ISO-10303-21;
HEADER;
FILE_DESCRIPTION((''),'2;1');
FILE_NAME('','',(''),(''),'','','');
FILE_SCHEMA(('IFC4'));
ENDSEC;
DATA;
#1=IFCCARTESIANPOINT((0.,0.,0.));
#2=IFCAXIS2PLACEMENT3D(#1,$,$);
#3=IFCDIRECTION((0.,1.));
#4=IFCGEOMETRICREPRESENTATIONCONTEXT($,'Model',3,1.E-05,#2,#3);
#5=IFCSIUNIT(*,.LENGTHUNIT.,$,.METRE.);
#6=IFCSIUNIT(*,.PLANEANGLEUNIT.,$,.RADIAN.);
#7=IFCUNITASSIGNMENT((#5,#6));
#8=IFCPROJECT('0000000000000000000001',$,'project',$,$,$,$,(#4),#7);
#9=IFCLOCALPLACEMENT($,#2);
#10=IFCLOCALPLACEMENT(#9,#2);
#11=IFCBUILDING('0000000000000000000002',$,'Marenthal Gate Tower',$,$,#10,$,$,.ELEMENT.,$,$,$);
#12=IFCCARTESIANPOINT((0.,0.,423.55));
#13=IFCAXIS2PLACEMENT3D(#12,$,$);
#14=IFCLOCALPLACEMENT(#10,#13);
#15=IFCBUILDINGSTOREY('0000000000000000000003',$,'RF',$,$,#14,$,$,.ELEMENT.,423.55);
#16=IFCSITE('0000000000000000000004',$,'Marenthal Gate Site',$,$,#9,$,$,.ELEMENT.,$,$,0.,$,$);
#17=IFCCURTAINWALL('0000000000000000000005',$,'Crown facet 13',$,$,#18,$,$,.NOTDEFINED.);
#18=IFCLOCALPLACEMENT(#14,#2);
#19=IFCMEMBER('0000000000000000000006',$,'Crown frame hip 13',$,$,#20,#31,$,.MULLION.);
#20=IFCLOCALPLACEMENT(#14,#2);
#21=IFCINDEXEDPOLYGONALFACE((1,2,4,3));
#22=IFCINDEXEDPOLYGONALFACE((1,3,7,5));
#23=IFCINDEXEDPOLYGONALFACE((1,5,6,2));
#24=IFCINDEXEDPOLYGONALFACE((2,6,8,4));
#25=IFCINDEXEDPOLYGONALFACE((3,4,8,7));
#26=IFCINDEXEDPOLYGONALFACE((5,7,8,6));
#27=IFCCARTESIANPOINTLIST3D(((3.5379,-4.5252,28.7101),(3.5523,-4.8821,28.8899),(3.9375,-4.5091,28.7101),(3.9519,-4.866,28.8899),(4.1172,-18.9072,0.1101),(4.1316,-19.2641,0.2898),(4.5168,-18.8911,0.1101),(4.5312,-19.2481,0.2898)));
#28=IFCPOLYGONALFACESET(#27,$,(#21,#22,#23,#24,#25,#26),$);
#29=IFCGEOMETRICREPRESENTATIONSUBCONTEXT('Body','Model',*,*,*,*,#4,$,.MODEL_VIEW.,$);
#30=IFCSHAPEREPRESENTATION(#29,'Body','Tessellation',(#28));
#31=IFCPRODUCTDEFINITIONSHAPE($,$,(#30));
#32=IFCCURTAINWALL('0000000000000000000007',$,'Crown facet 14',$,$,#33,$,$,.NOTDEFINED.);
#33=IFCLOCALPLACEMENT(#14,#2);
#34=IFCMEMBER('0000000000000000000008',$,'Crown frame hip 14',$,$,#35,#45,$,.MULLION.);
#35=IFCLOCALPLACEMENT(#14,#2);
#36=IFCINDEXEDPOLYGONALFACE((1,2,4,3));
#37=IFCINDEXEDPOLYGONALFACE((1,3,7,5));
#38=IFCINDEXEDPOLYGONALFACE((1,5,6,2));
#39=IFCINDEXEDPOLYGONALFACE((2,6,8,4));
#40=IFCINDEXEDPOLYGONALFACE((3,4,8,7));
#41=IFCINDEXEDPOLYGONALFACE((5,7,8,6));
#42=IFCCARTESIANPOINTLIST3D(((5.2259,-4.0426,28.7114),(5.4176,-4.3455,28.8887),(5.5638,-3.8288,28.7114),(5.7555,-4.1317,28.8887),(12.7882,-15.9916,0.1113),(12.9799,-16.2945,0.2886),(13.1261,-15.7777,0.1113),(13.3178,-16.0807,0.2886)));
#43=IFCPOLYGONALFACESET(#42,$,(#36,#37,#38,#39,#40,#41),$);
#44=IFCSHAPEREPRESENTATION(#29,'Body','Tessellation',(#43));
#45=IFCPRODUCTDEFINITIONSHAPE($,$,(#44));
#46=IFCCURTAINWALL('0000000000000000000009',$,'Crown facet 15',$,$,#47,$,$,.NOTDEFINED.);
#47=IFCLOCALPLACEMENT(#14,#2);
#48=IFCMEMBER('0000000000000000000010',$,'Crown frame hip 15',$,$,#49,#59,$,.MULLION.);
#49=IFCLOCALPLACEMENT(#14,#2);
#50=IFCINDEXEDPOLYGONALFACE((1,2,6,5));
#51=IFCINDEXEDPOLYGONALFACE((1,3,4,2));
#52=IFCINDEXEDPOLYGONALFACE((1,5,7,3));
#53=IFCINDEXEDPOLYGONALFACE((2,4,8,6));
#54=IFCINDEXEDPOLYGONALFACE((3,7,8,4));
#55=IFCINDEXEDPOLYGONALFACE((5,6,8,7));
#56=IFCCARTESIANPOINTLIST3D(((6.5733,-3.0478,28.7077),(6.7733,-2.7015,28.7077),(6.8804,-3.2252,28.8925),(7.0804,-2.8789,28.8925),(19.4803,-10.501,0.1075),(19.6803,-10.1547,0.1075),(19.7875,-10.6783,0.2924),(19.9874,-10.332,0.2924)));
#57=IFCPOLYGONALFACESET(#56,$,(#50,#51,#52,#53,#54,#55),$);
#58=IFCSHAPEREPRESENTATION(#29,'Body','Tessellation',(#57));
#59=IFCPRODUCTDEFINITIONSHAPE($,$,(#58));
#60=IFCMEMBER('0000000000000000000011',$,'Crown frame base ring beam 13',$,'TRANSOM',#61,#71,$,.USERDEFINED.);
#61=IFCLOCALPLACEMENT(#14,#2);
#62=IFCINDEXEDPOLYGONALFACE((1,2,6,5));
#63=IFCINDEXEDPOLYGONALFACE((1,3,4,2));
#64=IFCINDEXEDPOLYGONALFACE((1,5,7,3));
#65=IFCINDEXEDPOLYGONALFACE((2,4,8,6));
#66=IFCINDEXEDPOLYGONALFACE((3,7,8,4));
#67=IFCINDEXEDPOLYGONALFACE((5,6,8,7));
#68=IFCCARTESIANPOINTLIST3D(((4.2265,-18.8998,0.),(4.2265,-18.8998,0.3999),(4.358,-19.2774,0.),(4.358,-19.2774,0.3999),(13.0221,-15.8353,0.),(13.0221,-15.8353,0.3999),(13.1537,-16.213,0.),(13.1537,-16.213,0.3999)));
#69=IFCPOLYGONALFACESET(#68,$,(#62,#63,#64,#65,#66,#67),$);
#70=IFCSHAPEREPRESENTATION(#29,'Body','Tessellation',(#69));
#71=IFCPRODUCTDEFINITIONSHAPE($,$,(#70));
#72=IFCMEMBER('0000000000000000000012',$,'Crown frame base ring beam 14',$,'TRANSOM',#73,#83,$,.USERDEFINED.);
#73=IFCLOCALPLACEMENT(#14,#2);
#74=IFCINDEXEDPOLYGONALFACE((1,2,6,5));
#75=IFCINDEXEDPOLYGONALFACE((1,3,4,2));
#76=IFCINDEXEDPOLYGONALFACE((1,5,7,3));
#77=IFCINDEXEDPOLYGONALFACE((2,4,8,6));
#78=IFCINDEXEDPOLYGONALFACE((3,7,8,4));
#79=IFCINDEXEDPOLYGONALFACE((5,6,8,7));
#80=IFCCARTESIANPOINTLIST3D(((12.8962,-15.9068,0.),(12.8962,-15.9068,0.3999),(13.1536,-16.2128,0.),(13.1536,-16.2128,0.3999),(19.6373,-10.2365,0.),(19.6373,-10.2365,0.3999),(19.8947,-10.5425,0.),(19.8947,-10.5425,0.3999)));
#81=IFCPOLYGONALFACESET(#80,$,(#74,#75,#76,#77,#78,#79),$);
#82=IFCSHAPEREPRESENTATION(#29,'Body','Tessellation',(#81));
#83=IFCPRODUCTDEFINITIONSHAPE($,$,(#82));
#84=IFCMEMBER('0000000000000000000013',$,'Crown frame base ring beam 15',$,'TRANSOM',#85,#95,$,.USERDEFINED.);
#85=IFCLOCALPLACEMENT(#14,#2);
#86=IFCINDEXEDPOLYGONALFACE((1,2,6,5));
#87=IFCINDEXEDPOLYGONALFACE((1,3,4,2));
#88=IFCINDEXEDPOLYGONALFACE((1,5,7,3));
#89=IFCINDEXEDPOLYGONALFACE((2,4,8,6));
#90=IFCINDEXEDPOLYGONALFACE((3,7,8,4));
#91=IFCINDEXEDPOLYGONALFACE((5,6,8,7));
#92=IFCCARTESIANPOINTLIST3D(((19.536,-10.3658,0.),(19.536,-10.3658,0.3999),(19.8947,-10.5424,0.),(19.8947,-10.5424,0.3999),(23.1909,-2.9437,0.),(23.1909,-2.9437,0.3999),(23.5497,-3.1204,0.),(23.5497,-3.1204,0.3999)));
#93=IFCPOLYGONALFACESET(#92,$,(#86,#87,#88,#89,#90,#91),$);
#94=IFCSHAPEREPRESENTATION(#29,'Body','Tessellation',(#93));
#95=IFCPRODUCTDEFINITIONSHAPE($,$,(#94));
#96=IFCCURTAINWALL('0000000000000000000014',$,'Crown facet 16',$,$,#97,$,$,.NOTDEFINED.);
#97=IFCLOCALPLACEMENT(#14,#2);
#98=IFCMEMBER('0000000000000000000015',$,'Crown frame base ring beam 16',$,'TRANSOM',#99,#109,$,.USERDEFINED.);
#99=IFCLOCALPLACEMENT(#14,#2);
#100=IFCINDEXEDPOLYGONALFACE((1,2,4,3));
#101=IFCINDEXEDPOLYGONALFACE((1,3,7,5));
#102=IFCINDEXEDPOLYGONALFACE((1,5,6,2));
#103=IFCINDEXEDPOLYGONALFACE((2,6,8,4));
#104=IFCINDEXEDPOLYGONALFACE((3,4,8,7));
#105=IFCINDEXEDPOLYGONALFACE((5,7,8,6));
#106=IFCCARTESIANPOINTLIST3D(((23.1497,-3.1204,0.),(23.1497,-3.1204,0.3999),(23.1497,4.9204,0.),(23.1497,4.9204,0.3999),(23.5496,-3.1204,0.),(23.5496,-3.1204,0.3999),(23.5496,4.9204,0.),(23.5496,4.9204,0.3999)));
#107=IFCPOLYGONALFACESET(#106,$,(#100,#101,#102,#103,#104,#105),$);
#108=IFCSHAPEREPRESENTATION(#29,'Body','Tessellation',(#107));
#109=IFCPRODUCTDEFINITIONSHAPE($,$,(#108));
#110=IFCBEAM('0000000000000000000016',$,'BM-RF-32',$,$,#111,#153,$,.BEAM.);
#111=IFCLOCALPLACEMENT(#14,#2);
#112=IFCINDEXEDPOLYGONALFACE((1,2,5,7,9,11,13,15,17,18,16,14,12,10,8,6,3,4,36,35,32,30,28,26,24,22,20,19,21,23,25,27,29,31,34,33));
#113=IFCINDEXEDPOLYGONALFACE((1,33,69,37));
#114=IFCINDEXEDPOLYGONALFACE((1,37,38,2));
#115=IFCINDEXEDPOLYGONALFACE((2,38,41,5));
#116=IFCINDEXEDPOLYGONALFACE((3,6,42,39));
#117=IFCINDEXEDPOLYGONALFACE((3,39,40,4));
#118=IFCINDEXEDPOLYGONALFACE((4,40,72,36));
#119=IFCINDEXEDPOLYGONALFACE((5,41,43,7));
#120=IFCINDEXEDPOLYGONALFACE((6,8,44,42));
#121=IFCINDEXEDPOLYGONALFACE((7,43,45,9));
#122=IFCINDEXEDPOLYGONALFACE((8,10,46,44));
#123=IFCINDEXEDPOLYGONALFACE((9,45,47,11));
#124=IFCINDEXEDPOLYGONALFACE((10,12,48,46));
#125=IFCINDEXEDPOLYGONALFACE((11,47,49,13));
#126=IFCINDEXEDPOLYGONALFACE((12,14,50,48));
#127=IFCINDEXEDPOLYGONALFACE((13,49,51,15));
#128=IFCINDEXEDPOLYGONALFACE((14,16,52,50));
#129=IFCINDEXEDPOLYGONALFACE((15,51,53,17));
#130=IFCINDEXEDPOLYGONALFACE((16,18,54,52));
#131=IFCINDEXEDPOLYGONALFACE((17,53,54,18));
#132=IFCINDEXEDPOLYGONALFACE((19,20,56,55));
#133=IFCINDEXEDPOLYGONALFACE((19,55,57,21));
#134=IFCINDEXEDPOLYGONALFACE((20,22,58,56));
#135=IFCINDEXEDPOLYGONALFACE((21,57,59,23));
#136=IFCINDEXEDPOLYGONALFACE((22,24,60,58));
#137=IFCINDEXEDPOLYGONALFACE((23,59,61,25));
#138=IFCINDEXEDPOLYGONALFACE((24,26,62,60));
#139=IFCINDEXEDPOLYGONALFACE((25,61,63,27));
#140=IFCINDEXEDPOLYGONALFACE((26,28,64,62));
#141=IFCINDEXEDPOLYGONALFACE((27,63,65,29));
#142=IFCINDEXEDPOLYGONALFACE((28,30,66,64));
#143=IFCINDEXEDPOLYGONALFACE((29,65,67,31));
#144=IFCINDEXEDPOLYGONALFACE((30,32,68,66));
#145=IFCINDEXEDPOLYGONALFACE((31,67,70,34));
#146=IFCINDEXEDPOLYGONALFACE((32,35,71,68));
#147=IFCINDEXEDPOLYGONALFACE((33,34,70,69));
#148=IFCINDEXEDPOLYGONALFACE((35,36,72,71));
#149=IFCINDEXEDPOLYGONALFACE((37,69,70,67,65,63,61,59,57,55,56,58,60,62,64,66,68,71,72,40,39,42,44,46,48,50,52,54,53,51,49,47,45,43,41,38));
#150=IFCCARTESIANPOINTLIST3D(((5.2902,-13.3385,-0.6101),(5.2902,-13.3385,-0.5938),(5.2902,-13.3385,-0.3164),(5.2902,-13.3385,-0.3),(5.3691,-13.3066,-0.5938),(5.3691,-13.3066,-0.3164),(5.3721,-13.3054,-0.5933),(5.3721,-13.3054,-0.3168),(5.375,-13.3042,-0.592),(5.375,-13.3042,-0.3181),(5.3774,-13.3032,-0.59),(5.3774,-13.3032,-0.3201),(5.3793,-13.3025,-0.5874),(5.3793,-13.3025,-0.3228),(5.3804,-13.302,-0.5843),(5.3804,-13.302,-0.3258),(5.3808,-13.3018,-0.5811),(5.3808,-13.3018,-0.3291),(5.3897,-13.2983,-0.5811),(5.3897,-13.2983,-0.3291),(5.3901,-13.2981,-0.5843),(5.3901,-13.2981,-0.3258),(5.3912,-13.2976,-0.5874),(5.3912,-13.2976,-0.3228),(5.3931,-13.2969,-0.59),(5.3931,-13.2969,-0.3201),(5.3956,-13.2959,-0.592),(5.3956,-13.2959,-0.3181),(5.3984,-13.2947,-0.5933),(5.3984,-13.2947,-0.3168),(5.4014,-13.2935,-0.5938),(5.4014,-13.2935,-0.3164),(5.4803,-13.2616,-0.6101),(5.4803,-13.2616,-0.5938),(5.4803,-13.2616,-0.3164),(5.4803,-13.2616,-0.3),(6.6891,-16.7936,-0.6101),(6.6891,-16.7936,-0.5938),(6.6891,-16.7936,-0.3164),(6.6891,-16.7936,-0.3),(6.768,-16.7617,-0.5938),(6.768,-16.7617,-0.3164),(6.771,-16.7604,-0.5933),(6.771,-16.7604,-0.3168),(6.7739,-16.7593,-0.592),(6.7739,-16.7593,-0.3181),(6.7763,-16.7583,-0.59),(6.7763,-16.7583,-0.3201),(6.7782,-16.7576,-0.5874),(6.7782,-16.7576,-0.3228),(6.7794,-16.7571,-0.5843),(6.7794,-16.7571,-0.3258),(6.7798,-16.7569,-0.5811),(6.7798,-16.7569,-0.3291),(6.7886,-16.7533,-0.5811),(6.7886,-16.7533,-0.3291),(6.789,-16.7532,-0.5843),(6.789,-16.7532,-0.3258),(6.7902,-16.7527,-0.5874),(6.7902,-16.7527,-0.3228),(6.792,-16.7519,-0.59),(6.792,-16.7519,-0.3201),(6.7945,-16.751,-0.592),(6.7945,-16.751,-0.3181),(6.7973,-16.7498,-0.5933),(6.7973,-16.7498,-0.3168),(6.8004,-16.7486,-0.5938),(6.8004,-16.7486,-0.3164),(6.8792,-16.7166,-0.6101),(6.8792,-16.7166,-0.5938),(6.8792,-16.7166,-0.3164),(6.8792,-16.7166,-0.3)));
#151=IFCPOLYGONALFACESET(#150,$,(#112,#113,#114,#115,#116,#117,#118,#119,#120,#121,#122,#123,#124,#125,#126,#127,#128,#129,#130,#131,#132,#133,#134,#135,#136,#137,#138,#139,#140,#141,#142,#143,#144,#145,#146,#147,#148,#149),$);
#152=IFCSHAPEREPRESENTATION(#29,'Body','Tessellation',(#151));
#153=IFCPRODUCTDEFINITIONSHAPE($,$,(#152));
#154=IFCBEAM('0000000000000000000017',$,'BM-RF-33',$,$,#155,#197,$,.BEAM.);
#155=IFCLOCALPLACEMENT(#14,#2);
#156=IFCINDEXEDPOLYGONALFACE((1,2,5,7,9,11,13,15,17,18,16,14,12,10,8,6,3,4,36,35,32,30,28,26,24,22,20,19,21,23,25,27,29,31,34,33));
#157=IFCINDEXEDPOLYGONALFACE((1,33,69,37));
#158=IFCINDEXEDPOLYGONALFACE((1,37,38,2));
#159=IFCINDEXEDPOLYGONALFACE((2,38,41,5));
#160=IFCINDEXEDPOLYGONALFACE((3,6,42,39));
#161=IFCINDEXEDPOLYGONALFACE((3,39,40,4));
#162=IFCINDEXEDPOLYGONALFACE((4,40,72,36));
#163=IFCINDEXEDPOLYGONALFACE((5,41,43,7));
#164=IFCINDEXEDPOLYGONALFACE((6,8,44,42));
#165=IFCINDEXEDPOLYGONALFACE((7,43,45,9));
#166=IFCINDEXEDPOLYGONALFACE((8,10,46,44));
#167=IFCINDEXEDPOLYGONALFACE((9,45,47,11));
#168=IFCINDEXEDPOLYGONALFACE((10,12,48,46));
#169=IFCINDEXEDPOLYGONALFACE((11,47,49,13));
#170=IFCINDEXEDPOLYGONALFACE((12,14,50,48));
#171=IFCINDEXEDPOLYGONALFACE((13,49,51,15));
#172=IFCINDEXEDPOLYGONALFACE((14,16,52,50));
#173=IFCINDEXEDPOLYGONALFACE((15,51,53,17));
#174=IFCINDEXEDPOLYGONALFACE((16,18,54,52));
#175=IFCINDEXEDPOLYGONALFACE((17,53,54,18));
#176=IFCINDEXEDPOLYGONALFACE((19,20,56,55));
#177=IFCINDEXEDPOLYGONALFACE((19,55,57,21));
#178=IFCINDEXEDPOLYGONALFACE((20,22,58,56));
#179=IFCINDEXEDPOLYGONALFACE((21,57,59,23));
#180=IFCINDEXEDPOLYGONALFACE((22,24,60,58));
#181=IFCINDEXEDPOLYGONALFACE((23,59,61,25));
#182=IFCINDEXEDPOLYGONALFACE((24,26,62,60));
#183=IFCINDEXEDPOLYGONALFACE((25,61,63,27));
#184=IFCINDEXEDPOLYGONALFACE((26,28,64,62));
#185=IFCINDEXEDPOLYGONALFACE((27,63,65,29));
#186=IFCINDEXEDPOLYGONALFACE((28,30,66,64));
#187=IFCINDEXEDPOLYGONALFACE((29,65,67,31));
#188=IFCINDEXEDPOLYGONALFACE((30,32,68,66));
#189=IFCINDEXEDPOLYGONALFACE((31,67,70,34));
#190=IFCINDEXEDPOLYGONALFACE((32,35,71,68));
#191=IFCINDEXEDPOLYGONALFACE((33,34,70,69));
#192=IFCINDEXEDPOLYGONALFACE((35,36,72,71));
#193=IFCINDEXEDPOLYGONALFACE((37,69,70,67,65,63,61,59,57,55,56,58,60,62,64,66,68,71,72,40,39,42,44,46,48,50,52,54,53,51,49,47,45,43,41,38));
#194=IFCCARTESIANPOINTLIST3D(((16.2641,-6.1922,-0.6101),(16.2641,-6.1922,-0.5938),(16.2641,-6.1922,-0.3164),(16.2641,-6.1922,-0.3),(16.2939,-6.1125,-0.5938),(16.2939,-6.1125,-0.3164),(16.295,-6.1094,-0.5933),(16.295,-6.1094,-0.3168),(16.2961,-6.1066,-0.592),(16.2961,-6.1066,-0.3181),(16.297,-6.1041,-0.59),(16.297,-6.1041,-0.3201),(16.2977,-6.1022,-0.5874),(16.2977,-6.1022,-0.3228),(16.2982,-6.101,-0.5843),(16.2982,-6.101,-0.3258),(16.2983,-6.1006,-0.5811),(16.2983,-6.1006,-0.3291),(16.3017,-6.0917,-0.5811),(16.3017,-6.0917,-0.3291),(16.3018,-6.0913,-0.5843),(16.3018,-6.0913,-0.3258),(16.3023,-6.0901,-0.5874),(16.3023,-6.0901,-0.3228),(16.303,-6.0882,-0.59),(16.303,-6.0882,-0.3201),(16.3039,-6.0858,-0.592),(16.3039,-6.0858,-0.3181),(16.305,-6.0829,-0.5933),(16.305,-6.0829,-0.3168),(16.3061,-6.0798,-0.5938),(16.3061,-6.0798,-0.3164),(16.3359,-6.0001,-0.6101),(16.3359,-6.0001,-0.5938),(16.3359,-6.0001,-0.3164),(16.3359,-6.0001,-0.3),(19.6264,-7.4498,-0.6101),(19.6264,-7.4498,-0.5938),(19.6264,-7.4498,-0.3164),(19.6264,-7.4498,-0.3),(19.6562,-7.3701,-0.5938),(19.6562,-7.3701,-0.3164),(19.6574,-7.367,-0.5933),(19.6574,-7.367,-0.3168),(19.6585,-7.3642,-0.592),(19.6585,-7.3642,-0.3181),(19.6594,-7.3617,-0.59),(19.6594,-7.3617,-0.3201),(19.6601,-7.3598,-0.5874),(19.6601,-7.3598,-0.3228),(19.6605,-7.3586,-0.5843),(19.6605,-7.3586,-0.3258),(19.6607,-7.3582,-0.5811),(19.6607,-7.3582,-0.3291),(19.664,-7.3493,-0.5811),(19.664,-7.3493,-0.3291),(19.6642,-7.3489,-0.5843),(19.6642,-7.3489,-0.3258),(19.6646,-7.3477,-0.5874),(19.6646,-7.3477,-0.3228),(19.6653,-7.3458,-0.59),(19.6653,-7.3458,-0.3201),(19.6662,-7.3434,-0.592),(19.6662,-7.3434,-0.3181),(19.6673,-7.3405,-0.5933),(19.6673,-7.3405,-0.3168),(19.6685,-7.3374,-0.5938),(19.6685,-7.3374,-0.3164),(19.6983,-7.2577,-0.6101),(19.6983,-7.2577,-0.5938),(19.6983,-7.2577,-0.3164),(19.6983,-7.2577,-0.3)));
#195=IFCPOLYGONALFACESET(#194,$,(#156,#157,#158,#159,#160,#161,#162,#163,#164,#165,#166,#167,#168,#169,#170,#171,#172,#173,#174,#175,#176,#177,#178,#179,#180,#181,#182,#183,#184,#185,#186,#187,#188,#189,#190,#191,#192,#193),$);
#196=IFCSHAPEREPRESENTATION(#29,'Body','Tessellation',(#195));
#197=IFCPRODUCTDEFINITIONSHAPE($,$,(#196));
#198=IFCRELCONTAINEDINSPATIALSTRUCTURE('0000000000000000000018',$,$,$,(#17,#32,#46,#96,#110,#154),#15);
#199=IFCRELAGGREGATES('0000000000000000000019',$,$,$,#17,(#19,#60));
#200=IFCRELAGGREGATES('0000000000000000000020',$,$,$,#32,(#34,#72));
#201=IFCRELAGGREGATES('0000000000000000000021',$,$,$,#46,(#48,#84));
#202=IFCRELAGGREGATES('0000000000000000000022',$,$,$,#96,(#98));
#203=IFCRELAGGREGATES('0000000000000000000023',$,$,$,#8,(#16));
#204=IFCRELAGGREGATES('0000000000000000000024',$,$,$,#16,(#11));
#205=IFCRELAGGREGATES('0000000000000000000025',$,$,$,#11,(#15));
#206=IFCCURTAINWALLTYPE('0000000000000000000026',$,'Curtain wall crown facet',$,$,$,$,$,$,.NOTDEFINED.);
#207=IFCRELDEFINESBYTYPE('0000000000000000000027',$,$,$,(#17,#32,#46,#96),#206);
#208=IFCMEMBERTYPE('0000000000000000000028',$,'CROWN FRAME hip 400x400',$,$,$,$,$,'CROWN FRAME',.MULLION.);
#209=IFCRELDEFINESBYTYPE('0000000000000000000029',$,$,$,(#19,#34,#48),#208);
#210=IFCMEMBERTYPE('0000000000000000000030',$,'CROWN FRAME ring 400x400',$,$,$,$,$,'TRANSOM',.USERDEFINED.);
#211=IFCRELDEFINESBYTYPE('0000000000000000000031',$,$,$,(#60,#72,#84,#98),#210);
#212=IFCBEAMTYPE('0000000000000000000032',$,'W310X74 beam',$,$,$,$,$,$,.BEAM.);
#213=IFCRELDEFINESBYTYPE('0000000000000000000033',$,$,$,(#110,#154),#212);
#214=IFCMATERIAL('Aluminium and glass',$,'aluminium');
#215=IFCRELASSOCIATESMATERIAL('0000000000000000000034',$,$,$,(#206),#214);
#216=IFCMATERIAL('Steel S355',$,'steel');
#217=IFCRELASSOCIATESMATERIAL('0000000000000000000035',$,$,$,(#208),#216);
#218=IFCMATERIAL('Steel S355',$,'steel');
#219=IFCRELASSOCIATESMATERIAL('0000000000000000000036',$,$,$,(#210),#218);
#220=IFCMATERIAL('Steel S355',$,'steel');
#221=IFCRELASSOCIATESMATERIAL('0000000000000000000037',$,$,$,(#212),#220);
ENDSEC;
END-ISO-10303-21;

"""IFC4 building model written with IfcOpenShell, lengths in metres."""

from ifc_helpers import new_model, si_unit, direction, frame, origin, origin_2d, place, context, subcontext, project, spatial, rectangle, i_section, extrude, material, material_profile, profile_set, type_object, element, aggregate, save


model = new_model("IFC4")

# Units and contexts
model_context = context("Model", 3, precision=1e-05, world=origin(), true_north=direction((0.0, 1.0)))
body_context = subcontext(model_context, "Body", "Model", "MODEL_VIEW")
ifc_project = project(units=[si_unit("LENGTHUNIT", "METRE"), si_unit("PLANEANGLEUNIT", "RADIAN")], contexts=[model_context])

# Site, building, storey
site_placement = place(None, origin())
site = spatial("IfcSite", under=ifc_project, at=site_placement, Name="Marenthal Gate Site", CompositionType="ELEMENT", RefElevation=0.0)
building_placement = place(site_placement, origin())
building = spatial("IfcBuilding", under=site, at=building_placement, Name="Marenthal Gate Tower", CompositionType="ELEMENT")
storey_placement = place(building_placement, frame((0.0, 0.0, 423.55)))
storey = spatial("IfcBuildingStorey", under=building, at=storey_placement, Name="RF", CompositionType="ELEMENT", Elevation=423.55)

# Curtain walls, members
ifc_material_1 = material(Name="Aluminium and glass", Category="aluminium")
curtain_wall_type = type_object("IfcCurtainWallType", Name="Curtain wall crown facet", PredefinedType="NOTDEFINED", material=ifc_material_1)
curtain_wall_1_placement = place(storey_placement, origin())
curtain_wall_1 = element("IfcCurtainWall", 1, at=curtain_wall_1_placement, inside=storey, type_object=curtain_wall_type, Name="Crown facet 13", PredefinedType="NOTDEFINED")
ifc_material_2 = material(Name="Steel S355", Category="steel")
ifc_material_profile_1 = material_profile(ifc_material_2, rectangle(XDim=0.3999, YDim=0.3999, at=origin_2d()), Name="Crown frame hip 400x400")
ifc_profile_set_1 = profile_set([ifc_material_profile_1], Name="Steel S355")
member_type_1 = type_object("IfcMemberType", Name="CROWN FRAME hip 400x400", ElementType="CROWN FRAME", PredefinedType="MULLION", material=ifc_profile_set_1)
member_1_placement = place(storey_placement, frame((4.3242, -19.0776, 0.2), z_axis=(-0.018094, 0.449189, 0.893254), x_axis=(-0.99919, -0.04025, 0.0)))
member_1 = element("IfcMember", 2, at=member_1_placement, type_object=member_type_1, Name="Crown frame hip 13", PredefinedType="MULLION", context=body_context, shape_type="SweptSolid", body=[
    extrude(rectangle(XDim=0.3999, YDim=0.3999, at=origin_2d()), origin(), (0.0, 0.0, 1.0), 32.0178),
])
curtain_wall_2_placement = place(storey_placement, origin())
curtain_wall_2 = element("IfcCurtainWall", 3, at=curtain_wall_2_placement, inside=storey, type_object=curtain_wall_type, Name="Crown facet 14", PredefinedType="NOTDEFINED")
member_2_placement = place(storey_placement, frame((13.053, -16.0361, 0.2), z_axis=(-0.237024, 0.374517, 0.896413), x_axis=(-0.844993, -0.534778, 0.0)))
member_2 = element("IfcMember", 4, at=member_2_placement, type_object=member_type_1, Name="Crown frame hip 14", PredefinedType="MULLION", context=body_context, shape_type="SweptSolid", body=[
    extrude(rectangle(XDim=0.3999, YDim=0.3999, at=origin_2d()), origin(), (0.0, 0.0, 1.0), 31.905),
])
curtain_wall_3_placement = place(storey_placement, origin())
curtain_wall_3 = element("IfcCurtainWall", 5, at=curtain_wall_3_placement, inside=storey, type_object=curtain_wall_type, Name="Crown facet 15", PredefinedType="NOTDEFINED")
member_3_placement = place(storey_placement, frame((19.7339, -10.4165, 0.2), z_axis=(-0.400208, 0.2311, 0.886807), x_axis=(-0.500064, -0.865988, 0.0)))
member_3 = element("IfcMember", 6, at=member_3_placement, type_object=member_type_1, Name="Crown frame hip 15", PredefinedType="MULLION", context=body_context, shape_type="SweptSolid", body=[
    extrude(rectangle(XDim=0.3999, YDim=0.3999, at=origin_2d()), origin(), (0.0, 0.0, 1.0), 32.2507),
])

# Members
ifc_material_3 = material(Name="Steel S355", Category="steel")
ifc_material_profile_2 = material_profile(ifc_material_3, rectangle(XDim=0.3999, YDim=0.3999, at=origin_2d()), Name="Crown frame ring 400x400")
ifc_profile_set_2 = profile_set([ifc_material_profile_2], Name="Steel S355")
member_type_2 = type_object("IfcMemberType", Name="CROWN FRAME ring 400x400", ElementType="TRANSOM", PredefinedType="USERDEFINED", material=ifc_profile_set_2)
member_4_placement = place(storey_placement, frame((4.2922, -19.0886, 0.2), z_axis=(0.944327, 0.329009, 0.0), x_axis=(-0.329009, 0.944327, 0.0)))
member_4 = element("IfcMember", 7, at=member_4_placement, type_object=member_type_2, Name="Crown frame base ring beam 13", ObjectType="TRANSOM", PredefinedType="USERDEFINED", context=body_context, shape_type="SweptSolid", body=[
    extrude(rectangle(XDim=0.3999, YDim=0.3999, at=origin_2d()), origin(), (0.0, 0.0, 1.0), 9.3142),
])
member_5_placement = place(storey_placement, frame((13.0249, -16.0598, 0.2), z_axis=(0.765269, 0.643711, 0.0), x_axis=(-0.643711, 0.765269, 0.0)))
member_5 = element("IfcMember", 8, at=member_5_placement, type_object=member_type_2, Name="Crown frame base ring beam 14", ObjectType="TRANSOM", PredefinedType="USERDEFINED", context=body_context, shape_type="SweptSolid", body=[
    extrude(rectangle(XDim=0.3999, YDim=0.3999, at=origin_2d()), origin(), (0.0, 0.0, 1.0), 8.8088),
])
member_6_placement = place(storey_placement, frame((19.7153, -10.4541, 0.2), z_axis=(0.441787, 0.89712, 0.0), x_axis=(-0.89712, 0.441787, 0.0)))
member_6 = element("IfcMember", 9, at=member_6_placement, type_object=member_type_2, Name="Crown frame base ring beam 15", ObjectType="TRANSOM", PredefinedType="USERDEFINED", context=body_context, shape_type="SweptSolid", body=[
    extrude(rectangle(XDim=0.3999, YDim=0.3999, at=origin_2d()), origin(), (0.0, 0.0, 1.0), 8.2732),
])

# Curtain wall, member
curtain_wall_4_placement = place(storey_placement, origin())
curtain_wall_4 = element("IfcCurtainWall", 10, at=curtain_wall_4_placement, inside=storey, type_object=curtain_wall_type, Name="Crown facet 16", PredefinedType="NOTDEFINED")
member_7_placement = place(storey_placement, frame((23.3496, -3.1204, 0.2), z_axis=(0.0, 1.0, 0.0), x_axis=(-1.0, 0.0, 0.0)))
member_7 = element("IfcMember", 11, at=member_7_placement, type_object=member_type_2, Name="Crown frame base ring beam 16", ObjectType="TRANSOM", PredefinedType="USERDEFINED", context=body_context, shape_type="SweptSolid", body=[
    extrude(rectangle(XDim=0.3999, YDim=0.3999, at=origin_2d()), origin(), (0.0, 0.0, 1.0), 8.0408),
])

# Beams
ifc_material_4 = material(Name="Steel S355", Category="steel")
ifc_material_profile_3 = material_profile(ifc_material_4, i_section(OverallWidth=0.2051, OverallDepth=0.3101, WebThickness=0.0095, FlangeThickness=0.0164, FilletRadius=0.0127, at=origin_2d()), Name="W310X74")
ifc_profile_set_3 = profile_set([ifc_material_profile_3], Name="Steel S355")
beam_type_1 = type_object("IfcBeamType", Name="W310X74 beam", PredefinedType="BEAM", material=ifc_profile_set_3)
beam_1_placement = place(storey_placement, frame((6.7842, -16.7551, -0.4551), z_axis=(-0.375295, 0.926906, 0.0), x_axis=(-0.926906, -0.375295, 0.0)))
element("IfcBeam", 12, at=beam_1_placement, inside=storey, type_object=beam_type_1, Name="BM-RF-32", PredefinedType="BEAM", context=body_context, shape_type="SweptSolid", body=[
    extrude(i_section(OverallWidth=0.2051, OverallDepth=0.3101, WebThickness=0.0095, FlangeThickness=0.0164, FilletRadius=0.0127, at=origin_2d()), origin(), (0.0, 0.0, 1.0), 3.7275),
])
beam_2_placement = place(storey_placement, frame((19.6624, -7.3538, -0.4551), z_axis=(-0.936631, 0.350318, 0.0), x_axis=(-0.350318, -0.936631, 0.0)))
element("IfcBeam", 13, at=beam_2_placement, inside=storey, type_object=beam_type_1, Name="BM-RF-33", PredefinedType="BEAM", context=body_context, shape_type="SweptSolid", body=[
    extrude(i_section(OverallWidth=0.2051, OverallDepth=0.3101, WebThickness=0.0095, FlangeThickness=0.0164, FilletRadius=0.0127, at=origin_2d()), origin(), (0.0, 0.0, 1.0), 3.5898),
])

aggregate(curtain_wall_1, [member_1, member_4])
aggregate(curtain_wall_2, [member_2, member_5])
aggregate(curtain_wall_3, [member_3, member_6])
aggregate(curtain_wall_4, [member_7])

save(model, "model.ifc")
